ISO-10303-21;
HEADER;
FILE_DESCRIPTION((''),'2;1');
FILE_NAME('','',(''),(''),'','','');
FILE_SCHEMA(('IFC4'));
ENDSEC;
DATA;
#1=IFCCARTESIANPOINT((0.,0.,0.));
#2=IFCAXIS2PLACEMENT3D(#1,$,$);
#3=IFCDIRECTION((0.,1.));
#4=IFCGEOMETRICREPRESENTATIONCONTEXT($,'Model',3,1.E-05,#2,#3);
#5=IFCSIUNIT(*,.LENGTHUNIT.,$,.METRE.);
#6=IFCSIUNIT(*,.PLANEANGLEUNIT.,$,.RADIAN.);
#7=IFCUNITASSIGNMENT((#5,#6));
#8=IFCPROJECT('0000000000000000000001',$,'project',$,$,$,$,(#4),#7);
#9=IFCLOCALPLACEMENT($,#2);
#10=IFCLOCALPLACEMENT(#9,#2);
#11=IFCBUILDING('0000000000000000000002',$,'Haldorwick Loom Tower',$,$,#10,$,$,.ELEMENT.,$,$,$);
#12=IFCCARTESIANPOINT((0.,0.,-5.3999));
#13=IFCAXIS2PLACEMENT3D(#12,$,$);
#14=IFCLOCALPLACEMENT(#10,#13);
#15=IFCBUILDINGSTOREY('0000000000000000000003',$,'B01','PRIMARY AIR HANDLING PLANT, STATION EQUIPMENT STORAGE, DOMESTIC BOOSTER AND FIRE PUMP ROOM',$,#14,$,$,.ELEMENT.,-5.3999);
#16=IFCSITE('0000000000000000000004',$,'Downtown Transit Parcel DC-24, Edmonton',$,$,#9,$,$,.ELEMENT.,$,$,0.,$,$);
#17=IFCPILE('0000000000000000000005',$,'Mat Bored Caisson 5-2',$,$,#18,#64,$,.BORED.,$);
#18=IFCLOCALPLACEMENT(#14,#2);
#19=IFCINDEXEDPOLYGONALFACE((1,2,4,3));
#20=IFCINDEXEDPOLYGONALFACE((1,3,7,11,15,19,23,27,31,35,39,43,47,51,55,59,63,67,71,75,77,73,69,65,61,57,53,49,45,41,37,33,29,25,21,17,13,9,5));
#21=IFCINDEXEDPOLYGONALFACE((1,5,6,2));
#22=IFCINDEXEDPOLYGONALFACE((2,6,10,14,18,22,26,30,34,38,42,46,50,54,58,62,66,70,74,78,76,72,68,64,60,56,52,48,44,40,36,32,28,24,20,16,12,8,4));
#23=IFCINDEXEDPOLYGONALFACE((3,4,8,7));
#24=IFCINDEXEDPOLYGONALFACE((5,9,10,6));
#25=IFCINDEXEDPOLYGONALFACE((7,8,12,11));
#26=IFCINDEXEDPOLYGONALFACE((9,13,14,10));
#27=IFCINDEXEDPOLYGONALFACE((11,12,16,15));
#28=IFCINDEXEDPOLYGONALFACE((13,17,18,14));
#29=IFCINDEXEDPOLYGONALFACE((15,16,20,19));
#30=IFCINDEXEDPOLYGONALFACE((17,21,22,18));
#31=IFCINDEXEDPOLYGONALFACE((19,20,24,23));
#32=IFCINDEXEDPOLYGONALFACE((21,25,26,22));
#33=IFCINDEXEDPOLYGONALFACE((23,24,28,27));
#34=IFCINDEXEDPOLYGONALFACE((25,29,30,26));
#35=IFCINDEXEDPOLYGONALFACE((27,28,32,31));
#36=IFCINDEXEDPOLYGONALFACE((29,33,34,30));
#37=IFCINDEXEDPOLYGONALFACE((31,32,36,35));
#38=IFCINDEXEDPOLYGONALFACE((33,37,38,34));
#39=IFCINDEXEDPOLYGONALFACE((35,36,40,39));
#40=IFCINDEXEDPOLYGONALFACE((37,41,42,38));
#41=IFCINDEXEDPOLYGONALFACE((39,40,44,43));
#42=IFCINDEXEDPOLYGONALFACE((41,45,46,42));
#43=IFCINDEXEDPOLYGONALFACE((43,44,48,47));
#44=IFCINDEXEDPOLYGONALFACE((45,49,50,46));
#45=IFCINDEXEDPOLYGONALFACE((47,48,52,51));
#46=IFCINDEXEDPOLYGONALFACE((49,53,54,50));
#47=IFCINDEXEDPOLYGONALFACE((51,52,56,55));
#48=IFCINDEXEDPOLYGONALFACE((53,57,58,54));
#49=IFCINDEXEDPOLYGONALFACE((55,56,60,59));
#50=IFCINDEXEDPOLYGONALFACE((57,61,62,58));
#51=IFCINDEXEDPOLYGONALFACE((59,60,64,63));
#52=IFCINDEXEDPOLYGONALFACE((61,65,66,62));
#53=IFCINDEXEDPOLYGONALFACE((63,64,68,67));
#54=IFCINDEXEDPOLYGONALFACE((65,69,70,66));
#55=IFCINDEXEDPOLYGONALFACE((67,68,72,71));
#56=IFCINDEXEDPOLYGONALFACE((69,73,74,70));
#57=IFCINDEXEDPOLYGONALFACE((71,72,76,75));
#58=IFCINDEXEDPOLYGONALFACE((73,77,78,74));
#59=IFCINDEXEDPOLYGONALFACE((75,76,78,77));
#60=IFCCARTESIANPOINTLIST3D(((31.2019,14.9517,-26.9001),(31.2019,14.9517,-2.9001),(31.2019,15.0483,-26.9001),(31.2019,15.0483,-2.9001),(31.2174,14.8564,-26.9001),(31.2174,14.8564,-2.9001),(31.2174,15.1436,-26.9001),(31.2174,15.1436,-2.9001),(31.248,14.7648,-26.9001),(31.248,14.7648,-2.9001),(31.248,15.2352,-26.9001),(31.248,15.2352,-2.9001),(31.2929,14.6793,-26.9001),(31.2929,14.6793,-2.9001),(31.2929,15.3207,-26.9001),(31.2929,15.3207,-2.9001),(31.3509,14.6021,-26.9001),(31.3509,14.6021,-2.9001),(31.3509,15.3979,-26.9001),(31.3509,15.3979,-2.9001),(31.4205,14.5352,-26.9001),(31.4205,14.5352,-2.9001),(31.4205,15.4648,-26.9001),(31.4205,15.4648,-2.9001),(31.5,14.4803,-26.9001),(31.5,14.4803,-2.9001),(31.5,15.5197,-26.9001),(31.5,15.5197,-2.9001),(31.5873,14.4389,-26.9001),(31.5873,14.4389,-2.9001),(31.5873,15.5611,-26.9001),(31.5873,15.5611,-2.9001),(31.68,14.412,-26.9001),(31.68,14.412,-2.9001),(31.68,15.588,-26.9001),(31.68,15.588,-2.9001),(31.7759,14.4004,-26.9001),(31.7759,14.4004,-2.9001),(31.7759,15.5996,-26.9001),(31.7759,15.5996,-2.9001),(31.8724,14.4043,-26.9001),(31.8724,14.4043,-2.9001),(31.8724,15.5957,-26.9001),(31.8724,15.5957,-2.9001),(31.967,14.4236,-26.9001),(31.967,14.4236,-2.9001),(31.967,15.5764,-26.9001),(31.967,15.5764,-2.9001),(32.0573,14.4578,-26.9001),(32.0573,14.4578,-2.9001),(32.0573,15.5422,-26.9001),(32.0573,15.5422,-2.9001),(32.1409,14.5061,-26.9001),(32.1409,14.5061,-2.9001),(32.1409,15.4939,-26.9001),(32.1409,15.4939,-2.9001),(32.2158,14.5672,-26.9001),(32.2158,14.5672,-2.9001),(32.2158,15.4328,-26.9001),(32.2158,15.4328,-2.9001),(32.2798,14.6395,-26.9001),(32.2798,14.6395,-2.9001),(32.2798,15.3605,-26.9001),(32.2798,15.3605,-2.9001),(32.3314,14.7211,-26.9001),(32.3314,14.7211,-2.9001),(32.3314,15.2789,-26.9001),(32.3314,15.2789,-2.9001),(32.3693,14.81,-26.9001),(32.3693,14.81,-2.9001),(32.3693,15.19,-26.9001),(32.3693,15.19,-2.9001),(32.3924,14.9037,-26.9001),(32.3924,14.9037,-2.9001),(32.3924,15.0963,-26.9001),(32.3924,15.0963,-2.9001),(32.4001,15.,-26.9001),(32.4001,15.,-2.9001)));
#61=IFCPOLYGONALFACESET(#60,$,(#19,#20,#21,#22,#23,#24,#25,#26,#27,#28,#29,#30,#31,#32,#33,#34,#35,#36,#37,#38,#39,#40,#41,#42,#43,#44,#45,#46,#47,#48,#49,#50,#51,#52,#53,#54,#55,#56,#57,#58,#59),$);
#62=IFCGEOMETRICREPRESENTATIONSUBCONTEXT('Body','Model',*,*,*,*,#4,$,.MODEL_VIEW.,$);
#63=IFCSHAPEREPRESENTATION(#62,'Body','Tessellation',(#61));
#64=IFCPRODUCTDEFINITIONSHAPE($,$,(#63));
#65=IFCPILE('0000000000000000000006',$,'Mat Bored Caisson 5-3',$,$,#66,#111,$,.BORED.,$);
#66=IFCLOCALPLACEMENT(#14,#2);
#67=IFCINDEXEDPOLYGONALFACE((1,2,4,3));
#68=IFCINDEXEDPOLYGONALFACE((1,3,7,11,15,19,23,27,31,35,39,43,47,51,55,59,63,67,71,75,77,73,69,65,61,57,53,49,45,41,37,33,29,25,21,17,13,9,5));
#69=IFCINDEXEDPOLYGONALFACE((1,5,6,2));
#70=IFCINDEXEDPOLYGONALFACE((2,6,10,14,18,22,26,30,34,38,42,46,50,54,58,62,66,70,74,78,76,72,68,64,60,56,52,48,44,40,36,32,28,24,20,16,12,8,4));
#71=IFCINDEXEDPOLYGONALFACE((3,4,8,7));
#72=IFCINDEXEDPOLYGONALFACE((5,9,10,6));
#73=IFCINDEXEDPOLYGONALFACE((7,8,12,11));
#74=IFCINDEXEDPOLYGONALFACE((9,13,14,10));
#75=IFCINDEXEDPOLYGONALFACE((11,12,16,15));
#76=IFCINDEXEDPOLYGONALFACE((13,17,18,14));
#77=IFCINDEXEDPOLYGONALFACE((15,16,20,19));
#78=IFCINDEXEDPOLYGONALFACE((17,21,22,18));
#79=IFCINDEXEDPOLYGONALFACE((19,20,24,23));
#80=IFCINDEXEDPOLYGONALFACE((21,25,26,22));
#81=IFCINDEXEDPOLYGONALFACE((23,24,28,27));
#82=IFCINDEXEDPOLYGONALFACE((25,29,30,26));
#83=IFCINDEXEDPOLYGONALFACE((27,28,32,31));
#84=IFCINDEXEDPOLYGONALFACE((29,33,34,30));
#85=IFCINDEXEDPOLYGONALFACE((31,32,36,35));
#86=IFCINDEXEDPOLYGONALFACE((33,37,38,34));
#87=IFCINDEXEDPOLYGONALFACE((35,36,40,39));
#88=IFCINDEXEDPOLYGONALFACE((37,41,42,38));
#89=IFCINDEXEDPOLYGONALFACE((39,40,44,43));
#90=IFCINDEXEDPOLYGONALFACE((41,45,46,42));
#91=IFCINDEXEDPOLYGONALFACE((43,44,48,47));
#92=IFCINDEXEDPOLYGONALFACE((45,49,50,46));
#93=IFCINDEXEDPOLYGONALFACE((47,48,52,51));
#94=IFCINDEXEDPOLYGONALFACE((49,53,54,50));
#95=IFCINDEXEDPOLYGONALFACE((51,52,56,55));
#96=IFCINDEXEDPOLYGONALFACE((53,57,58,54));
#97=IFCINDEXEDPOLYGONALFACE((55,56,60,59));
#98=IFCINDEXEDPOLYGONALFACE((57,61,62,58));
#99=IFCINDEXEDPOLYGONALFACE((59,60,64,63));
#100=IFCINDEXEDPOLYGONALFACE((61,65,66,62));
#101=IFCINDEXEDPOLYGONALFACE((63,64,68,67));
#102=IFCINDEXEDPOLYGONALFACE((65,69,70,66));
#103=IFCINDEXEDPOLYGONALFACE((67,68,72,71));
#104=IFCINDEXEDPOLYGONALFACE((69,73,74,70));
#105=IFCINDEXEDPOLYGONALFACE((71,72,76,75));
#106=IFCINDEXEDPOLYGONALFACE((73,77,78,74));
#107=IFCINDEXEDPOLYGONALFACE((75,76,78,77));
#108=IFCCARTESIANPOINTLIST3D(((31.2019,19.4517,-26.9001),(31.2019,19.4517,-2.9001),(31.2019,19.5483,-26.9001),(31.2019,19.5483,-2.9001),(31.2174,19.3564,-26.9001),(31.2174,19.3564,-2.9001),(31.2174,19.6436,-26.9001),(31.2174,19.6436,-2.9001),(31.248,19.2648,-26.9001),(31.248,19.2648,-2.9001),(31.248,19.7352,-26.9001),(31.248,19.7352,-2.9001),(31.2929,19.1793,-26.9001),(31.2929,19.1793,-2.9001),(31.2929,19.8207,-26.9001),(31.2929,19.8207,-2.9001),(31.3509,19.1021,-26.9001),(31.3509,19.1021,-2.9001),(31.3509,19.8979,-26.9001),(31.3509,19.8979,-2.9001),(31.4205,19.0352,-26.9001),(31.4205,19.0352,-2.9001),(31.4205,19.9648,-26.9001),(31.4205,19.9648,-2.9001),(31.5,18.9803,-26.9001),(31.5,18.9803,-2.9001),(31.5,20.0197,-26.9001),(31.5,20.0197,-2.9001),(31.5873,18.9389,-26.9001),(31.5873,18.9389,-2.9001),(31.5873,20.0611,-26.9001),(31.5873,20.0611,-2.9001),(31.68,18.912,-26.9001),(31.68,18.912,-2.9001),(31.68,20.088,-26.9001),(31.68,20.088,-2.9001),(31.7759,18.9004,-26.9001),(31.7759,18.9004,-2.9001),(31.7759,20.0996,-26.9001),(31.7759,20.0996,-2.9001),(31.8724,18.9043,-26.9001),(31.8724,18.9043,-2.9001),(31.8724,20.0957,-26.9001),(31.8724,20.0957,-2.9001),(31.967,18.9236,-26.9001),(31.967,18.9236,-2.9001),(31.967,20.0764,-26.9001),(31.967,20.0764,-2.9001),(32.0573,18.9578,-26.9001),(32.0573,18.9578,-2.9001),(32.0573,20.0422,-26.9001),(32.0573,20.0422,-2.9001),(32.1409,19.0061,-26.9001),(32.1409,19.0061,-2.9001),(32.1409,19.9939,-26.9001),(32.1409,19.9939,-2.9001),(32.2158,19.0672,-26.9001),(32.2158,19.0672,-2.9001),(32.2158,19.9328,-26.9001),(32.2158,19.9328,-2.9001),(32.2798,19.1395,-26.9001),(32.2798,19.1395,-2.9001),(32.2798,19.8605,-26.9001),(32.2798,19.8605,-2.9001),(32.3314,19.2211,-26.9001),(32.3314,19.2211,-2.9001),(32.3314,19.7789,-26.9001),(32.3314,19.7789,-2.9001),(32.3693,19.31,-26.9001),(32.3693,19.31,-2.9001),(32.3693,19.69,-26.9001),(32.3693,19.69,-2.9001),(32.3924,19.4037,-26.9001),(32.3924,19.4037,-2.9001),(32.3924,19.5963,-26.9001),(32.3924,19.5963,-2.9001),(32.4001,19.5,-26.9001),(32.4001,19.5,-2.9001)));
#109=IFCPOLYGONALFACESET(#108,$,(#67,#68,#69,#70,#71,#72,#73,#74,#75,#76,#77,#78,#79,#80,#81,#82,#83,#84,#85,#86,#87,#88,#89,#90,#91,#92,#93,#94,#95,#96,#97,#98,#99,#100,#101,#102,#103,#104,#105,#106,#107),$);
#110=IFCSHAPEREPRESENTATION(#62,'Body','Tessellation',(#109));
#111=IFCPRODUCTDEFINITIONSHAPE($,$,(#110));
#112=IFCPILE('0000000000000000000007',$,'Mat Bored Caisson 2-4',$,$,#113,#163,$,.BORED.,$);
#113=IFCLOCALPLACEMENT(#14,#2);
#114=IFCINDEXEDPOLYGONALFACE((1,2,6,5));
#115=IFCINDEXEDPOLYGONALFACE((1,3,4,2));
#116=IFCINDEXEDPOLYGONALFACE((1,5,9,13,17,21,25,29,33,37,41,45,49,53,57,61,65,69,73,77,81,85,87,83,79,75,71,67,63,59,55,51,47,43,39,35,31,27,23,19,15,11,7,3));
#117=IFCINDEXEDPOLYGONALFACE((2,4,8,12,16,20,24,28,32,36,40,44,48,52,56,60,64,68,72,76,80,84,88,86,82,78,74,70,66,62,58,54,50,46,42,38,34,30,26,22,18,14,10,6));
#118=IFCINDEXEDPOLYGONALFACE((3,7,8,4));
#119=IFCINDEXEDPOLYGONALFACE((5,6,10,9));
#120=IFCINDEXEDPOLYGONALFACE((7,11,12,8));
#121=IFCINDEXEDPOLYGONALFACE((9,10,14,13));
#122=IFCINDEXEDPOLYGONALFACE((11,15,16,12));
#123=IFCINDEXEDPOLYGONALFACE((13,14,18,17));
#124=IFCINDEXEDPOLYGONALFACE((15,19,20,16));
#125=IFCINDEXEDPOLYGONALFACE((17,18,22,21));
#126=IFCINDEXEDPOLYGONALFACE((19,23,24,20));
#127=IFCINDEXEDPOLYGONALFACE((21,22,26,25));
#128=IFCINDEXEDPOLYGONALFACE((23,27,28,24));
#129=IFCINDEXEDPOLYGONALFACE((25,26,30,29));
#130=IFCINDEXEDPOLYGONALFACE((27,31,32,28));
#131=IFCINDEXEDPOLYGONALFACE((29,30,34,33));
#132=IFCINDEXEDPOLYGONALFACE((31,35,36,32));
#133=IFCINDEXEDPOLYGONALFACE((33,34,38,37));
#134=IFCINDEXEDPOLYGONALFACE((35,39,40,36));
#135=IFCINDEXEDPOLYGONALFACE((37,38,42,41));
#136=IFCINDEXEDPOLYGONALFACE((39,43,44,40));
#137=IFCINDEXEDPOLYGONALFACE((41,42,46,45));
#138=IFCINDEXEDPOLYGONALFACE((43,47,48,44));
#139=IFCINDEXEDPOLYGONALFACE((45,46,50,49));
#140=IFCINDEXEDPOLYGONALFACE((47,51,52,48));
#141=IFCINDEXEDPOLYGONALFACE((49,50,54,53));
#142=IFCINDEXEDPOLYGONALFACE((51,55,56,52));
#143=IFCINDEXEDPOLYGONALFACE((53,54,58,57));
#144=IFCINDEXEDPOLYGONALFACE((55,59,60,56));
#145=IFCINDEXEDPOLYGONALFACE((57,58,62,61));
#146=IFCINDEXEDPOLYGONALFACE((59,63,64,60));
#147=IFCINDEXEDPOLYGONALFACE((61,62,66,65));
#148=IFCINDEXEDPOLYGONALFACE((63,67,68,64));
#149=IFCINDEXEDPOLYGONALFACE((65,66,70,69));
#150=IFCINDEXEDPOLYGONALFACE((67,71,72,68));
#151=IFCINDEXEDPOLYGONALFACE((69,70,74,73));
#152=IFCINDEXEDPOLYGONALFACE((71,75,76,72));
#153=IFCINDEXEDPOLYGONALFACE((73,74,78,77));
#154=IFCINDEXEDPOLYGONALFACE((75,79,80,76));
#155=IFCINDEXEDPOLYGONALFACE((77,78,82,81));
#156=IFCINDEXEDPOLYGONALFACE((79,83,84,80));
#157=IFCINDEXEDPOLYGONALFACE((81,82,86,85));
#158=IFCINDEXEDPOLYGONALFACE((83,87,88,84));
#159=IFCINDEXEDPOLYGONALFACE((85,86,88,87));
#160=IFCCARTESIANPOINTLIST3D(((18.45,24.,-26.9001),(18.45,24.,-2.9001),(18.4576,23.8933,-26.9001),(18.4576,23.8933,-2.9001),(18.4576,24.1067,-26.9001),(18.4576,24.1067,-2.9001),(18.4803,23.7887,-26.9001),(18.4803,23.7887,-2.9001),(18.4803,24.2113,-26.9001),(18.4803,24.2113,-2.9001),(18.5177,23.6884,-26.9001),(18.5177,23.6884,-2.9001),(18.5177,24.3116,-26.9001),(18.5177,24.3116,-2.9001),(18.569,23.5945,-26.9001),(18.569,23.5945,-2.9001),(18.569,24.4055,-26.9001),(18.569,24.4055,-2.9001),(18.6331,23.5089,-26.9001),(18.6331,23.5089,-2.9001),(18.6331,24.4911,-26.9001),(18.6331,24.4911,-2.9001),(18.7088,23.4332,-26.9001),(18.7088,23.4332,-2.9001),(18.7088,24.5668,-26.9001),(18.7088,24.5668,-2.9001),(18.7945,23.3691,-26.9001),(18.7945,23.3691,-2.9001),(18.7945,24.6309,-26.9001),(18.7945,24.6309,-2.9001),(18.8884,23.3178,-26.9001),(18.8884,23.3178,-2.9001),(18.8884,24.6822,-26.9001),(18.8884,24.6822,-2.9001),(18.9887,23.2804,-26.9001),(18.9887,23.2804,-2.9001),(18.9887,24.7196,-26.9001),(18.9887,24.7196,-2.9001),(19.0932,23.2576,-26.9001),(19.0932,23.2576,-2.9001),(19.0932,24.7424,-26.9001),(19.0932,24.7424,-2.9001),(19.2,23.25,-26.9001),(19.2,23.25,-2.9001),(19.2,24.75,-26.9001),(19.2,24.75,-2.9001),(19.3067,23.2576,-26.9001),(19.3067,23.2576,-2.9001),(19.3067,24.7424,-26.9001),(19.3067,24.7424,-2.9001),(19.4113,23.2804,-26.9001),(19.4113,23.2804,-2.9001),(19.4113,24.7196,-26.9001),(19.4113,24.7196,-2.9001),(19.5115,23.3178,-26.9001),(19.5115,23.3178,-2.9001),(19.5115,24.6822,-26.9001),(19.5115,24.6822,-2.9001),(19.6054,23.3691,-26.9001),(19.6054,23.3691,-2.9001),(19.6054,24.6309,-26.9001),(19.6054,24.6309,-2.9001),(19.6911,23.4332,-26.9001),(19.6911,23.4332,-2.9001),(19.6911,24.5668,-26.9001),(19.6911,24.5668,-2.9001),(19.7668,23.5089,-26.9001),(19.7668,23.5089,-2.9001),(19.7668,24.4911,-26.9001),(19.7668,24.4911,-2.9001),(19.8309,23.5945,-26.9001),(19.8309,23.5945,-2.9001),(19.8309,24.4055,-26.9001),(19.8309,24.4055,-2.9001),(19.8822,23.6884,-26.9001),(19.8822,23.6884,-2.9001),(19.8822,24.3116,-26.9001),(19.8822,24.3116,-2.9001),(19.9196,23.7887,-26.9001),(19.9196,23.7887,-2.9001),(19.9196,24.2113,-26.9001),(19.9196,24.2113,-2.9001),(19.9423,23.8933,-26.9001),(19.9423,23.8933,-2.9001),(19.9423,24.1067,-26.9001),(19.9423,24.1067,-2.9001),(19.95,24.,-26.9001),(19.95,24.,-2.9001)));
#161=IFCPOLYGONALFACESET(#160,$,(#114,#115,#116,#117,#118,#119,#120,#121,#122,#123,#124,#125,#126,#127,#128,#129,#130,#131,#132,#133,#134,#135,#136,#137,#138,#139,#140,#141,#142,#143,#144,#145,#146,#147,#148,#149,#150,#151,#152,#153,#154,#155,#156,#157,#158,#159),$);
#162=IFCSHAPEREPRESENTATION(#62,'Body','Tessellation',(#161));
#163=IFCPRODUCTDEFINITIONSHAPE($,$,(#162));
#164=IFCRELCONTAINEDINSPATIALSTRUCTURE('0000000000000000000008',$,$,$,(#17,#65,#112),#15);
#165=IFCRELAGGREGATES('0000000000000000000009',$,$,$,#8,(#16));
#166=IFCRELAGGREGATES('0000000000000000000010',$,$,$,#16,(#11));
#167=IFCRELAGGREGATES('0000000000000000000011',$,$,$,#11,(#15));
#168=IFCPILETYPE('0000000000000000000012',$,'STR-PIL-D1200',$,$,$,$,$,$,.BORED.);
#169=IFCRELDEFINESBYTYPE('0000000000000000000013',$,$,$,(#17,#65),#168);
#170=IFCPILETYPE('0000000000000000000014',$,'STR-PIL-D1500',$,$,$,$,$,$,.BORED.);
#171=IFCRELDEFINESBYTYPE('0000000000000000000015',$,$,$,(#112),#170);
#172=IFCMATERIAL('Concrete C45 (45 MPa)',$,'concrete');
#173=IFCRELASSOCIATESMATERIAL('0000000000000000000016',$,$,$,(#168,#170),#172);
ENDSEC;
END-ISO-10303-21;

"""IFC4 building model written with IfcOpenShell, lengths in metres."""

from ifc_helpers import new_model, si_unit, direction, frame, origin, origin_2d, place, context, subcontext, project, spatial, circle, extrude, material, material_profile, profile_set, type_object, element, save


model = new_model("IFC4")

# Units and contexts
model_context = context("Model", 3, precision=1e-05, world=origin(), true_north=direction((0.0, 1.0)))
body_context = subcontext(model_context, "Body", "Model", "MODEL_VIEW")
ifc_project = project(units=[si_unit("LENGTHUNIT", "METRE"), si_unit("PLANEANGLEUNIT", "RADIAN")], contexts=[model_context])

# Site, building, storey
site_placement = place(None, origin())
site = spatial("IfcSite", under=ifc_project, at=site_placement, Name="Downtown Transit Parcel DC-24, Edmonton", CompositionType="ELEMENT", RefElevation=0.0)
building_placement = place(site_placement, origin())
building = spatial("IfcBuilding", under=site, at=building_placement, Name="Haldorwick Loom Tower", CompositionType="ELEMENT")
storey_placement = place(building_placement, frame((0.0, 0.0, -5.3999)))
storey = spatial("IfcBuildingStorey", under=building, at=storey_placement, Name="B01", Description="PRIMARY AIR HANDLING PLANT, STATION EQUIPMENT STORAGE, DOMESTIC BOOSTER AND FIRE PUMP ROOM", CompositionType="ELEMENT", Elevation=-5.3999)

# Piles
ifc_material_1 = material(Name="Concrete C45 (45 MPa)", Category="concrete")
ifc_material_profile_1 = material_profile(ifc_material_1, circle(Radius=0.6001, at=origin_2d()), Name="CAISSON_D1200", Category="concrete")
ifc_profile_set_1 = profile_set([ifc_material_profile_1], Name="Concrete C45 (45 MPa)")
pile_type_1 = type_object("IfcPileType", Name="STR-PIL-D1200", PredefinedType="BORED", material=ifc_profile_set_1)
for number, where, z_axis, x_axis, name in (
    (1, (31.8, 15.0, -2.9001), (0.0, 0.0, -1.0), (1.0, 0.0, 0.0), "Mat Bored Caisson 5-2"),
    (2, (31.8, 19.5, -2.9001), (0.0, 0.0, -1.0), (1.0, 0.0, 0.0), "Mat Bored Caisson 5-3"),
):
    element("IfcPile", number, at=place(storey_placement, frame(where, z_axis=z_axis, x_axis=x_axis)), inside=storey, type_object=pile_type_1, Name=name, PredefinedType="BORED", context=body_context, shape_type="SweptSolid", body=[
        extrude(circle(Radius=0.6001, at=origin_2d()), origin(), (0.0, 0.0, 1.0), 24.0),
    ])
ifc_material_profile_2 = material_profile(ifc_material_1, circle(Radius=0.75, at=origin_2d()), Name="CAISSON_D1500", Category="concrete")
ifc_profile_set_2 = profile_set([ifc_material_profile_2], Name="Concrete C45 (45 MPa)")
pile_type_2 = type_object("IfcPileType", Name="STR-PIL-D1500", PredefinedType="BORED", material=ifc_profile_set_2)
for number, where, z_axis, x_axis, name in (
    (3, (19.2, 24.0, -2.9001), (0.0, 0.0, -1.0), (1.0, 0.0, 0.0), "Mat Bored Caisson 2-4"),
):
    element("IfcPile", number, at=place(storey_placement, frame(where, z_axis=z_axis, x_axis=x_axis)), inside=storey, type_object=pile_type_2, Name=name, PredefinedType="BORED", context=body_context, shape_type="SweptSolid", body=[
        extrude(circle(Radius=0.75, at=origin_2d()), origin(), (0.0, 0.0, 1.0), 24.0),
    ])

save(model, "model.ifc")
